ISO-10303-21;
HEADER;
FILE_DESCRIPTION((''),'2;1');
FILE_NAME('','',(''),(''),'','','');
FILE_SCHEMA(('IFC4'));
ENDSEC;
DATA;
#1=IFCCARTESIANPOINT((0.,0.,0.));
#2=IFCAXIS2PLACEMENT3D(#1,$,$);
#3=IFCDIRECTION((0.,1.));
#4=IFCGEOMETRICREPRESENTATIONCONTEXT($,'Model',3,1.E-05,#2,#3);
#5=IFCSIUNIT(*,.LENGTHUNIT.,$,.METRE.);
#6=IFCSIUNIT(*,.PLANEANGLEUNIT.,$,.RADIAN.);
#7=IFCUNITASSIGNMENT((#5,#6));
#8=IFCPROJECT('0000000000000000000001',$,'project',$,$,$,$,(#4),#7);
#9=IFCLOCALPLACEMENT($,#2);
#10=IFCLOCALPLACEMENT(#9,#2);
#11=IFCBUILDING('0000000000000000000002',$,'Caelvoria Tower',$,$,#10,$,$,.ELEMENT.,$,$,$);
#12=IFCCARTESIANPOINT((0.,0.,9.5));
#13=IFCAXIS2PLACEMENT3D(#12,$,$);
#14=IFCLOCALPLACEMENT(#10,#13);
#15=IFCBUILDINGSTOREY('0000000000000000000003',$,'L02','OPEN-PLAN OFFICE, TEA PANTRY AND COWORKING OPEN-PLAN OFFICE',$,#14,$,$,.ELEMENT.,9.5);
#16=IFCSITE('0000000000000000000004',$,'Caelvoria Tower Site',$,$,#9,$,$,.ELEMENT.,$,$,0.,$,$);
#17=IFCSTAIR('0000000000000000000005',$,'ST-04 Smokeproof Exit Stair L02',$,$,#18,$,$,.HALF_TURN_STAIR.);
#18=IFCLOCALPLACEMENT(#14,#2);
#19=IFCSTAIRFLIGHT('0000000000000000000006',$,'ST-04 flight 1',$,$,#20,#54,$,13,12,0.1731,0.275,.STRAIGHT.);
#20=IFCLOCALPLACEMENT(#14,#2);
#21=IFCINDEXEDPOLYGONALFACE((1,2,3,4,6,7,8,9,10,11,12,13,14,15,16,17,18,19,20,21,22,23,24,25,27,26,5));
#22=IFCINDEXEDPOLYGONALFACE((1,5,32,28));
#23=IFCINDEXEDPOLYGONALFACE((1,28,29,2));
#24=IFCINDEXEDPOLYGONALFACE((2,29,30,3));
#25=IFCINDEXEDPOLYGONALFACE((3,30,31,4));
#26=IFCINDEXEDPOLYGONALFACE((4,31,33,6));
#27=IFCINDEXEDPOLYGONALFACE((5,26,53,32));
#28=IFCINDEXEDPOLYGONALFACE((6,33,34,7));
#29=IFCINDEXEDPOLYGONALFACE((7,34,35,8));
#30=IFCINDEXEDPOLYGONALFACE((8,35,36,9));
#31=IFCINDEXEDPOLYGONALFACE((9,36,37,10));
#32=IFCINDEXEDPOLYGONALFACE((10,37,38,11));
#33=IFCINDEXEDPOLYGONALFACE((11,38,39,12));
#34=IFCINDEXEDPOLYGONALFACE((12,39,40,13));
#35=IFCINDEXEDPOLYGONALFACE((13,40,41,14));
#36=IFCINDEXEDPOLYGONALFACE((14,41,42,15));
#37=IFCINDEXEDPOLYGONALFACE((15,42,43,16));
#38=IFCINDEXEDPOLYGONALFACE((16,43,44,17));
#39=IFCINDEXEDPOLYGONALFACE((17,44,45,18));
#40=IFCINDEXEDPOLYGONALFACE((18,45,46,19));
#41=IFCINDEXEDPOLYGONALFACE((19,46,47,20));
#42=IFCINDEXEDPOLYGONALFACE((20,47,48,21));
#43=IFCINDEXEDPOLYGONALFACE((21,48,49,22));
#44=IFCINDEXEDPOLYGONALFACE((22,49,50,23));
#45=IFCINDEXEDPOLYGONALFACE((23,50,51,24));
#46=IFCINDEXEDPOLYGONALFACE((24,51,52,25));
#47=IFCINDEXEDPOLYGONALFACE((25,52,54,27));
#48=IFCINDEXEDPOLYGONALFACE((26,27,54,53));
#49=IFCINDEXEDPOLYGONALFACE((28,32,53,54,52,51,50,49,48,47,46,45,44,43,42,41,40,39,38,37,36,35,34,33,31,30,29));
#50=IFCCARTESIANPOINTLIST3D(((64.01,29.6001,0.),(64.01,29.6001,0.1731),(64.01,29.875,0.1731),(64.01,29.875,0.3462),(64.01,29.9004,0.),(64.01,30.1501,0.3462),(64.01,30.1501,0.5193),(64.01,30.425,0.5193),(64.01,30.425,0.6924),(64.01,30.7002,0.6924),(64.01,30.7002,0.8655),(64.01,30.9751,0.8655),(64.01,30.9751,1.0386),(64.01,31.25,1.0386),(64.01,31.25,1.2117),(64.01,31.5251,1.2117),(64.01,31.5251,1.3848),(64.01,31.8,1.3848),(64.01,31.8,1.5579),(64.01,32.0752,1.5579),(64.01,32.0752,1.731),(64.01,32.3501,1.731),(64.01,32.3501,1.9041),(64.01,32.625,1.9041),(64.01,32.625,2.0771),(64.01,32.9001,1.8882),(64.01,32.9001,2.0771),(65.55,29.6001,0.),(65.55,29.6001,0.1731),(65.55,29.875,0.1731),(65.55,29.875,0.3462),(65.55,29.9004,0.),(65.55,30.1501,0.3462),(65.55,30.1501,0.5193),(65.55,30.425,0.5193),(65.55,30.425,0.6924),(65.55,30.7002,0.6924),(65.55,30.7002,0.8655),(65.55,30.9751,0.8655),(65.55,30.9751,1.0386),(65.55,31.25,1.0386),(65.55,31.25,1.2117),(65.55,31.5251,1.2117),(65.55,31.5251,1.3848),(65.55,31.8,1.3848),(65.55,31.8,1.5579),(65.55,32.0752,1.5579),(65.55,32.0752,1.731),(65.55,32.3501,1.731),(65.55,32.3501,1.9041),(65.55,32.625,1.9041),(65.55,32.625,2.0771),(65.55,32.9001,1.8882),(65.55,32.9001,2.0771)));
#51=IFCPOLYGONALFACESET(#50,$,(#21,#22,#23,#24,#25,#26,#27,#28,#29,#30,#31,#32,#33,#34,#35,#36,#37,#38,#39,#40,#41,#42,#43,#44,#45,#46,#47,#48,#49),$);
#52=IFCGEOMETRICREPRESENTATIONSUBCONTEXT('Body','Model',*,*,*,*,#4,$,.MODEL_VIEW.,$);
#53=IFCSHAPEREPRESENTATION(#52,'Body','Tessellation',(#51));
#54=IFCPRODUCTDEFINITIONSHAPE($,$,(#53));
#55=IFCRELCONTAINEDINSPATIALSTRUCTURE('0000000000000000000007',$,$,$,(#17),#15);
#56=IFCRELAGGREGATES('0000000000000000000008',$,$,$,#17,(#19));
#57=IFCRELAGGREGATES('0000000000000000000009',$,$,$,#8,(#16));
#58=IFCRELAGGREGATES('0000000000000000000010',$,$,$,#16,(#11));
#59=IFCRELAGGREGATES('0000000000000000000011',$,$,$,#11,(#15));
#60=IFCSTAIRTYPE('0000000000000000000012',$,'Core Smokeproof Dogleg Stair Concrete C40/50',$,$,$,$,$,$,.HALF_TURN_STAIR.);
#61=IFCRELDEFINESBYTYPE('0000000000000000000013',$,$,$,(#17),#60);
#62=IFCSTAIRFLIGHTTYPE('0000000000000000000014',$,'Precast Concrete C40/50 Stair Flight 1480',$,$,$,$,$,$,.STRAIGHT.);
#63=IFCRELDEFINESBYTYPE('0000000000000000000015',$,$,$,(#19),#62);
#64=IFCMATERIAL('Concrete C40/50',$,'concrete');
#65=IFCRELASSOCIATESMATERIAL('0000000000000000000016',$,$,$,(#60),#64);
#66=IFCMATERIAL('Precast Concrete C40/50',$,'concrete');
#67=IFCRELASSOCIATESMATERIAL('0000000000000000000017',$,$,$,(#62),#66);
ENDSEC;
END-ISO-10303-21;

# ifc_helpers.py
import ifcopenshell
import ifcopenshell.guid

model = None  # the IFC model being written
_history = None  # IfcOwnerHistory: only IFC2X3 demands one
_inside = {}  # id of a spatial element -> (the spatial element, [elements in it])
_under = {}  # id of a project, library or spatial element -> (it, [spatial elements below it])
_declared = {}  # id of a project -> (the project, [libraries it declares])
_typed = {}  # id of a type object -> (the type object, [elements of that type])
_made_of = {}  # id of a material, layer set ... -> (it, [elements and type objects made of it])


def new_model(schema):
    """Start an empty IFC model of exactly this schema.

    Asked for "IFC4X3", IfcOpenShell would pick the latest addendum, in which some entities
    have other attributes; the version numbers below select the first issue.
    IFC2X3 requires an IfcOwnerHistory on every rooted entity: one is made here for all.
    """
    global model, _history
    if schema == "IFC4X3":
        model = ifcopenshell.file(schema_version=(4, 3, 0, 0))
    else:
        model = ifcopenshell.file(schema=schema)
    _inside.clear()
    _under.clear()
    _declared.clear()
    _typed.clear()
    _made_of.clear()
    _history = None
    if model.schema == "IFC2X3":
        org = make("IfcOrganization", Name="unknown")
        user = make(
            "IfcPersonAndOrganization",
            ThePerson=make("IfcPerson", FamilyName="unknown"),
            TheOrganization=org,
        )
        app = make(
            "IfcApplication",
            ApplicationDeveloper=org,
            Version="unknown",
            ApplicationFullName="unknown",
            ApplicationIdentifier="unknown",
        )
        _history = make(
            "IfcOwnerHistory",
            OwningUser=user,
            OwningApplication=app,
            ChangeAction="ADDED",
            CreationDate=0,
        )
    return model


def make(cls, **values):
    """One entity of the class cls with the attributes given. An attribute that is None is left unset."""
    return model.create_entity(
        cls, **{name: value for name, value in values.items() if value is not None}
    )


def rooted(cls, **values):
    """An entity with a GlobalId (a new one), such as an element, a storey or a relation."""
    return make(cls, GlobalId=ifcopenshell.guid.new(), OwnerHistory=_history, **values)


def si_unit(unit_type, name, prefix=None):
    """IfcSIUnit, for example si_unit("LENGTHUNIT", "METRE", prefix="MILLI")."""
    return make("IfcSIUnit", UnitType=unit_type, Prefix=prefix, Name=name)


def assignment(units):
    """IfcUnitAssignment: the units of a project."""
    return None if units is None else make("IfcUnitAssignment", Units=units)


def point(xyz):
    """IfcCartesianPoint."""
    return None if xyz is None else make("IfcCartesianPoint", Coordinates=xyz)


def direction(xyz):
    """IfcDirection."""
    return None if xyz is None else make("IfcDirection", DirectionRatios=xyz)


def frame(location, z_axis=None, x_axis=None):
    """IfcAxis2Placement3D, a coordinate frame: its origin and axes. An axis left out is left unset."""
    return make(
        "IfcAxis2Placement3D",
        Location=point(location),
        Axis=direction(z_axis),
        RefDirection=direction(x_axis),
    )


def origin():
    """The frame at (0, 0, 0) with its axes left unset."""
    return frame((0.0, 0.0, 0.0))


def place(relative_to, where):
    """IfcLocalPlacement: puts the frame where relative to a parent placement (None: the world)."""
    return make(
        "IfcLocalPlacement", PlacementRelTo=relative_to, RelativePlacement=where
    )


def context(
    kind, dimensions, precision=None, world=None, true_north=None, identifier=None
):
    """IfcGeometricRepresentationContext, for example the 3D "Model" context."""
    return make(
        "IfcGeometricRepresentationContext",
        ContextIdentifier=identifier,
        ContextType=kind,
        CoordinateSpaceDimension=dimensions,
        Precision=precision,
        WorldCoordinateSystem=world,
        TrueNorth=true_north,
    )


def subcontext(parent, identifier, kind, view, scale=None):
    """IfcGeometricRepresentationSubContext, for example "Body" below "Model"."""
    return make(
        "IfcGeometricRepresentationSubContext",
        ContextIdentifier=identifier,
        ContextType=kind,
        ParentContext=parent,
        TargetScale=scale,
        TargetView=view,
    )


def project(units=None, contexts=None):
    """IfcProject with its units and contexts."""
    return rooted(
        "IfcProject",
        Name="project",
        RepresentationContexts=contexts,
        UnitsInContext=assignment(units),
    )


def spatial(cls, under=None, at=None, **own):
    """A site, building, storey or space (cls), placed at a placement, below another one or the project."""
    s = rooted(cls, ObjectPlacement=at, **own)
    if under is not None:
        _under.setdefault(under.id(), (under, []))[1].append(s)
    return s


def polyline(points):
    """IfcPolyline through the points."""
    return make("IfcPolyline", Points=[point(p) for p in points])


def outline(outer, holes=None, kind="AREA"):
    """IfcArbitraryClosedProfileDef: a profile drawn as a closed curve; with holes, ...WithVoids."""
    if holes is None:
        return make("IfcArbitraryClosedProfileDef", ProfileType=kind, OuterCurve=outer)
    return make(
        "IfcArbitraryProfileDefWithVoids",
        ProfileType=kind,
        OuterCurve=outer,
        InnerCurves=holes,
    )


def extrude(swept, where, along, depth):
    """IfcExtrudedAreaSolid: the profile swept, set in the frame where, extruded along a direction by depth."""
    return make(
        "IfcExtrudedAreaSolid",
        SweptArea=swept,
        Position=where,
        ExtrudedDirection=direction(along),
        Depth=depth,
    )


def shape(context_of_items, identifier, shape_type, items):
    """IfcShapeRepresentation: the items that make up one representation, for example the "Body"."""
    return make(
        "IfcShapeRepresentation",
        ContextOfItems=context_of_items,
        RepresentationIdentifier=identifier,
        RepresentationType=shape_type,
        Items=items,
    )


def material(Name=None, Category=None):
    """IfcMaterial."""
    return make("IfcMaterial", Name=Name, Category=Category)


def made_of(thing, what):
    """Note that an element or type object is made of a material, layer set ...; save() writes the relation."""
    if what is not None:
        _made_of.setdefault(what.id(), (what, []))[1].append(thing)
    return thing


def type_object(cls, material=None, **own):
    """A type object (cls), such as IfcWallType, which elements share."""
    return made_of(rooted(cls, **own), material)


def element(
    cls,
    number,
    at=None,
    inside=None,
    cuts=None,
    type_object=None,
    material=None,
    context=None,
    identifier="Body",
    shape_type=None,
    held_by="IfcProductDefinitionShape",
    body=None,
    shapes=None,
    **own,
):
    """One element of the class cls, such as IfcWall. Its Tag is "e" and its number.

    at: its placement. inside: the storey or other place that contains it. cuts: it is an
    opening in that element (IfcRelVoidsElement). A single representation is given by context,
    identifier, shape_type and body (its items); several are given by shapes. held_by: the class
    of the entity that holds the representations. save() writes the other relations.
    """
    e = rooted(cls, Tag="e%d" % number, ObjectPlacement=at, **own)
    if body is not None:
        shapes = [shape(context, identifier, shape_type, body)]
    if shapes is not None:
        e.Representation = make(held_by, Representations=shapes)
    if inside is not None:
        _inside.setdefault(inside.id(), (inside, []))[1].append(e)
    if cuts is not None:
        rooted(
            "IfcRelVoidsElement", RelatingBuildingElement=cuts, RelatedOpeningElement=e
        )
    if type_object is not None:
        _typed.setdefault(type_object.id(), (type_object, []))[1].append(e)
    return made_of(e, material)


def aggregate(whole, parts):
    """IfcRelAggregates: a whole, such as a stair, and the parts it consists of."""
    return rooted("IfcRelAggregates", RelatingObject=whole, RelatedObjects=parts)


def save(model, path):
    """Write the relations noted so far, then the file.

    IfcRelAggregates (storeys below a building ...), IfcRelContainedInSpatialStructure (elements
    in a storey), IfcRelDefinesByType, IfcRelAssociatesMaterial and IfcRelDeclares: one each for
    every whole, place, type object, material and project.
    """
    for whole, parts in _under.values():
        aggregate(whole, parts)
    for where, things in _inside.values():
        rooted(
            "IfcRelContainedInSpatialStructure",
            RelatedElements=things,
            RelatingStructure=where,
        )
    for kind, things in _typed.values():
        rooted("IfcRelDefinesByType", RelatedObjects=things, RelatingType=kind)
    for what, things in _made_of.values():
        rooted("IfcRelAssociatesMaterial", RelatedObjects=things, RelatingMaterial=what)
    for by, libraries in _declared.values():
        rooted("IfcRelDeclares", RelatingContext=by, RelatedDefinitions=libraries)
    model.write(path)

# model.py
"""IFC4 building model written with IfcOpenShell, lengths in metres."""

from ifc_helpers import new_model, si_unit, direction, frame, origin, place, context, subcontext, project, spatial, polyline, outline, extrude, material, type_object, element, aggregate, save


model = new_model("IFC4")

# Units and contexts
model_context = context("Model", 3, precision=1e-05, world=origin(), true_north=direction((0.0, 1.0)))
body_context = subcontext(model_context, "Body", "Model", "MODEL_VIEW")
ifc_project = project(units=[si_unit("LENGTHUNIT", "METRE"), si_unit("PLANEANGLEUNIT", "RADIAN")], contexts=[model_context])

# Site, building, storey
site_placement = place(None, origin())
site = spatial("IfcSite", under=ifc_project, at=site_placement, Name="Caelvoria Tower Site", CompositionType="ELEMENT", RefElevation=0.0)
building_placement = place(site_placement, origin())
building = spatial("IfcBuilding", under=site, at=building_placement, Name="Caelvoria Tower", CompositionType="ELEMENT")
storey_placement = place(building_placement, frame((0.0, 0.0, 9.5)))
storey = spatial("IfcBuildingStorey", under=building, at=storey_placement, Name="L02", Description="OPEN-PLAN OFFICE, TEA PANTRY AND COWORKING OPEN-PLAN OFFICE", CompositionType="ELEMENT", Elevation=9.5)

# Stair, stair flight
ifc_material_1 = material(Name="Concrete C40/50", Category="concrete")
stair_type = type_object("IfcStairType", Name="Core Smokeproof Dogleg Stair Concrete C40/50", PredefinedType="HALF_TURN_STAIR", material=ifc_material_1)
stair_placement = place(storey_placement, origin())
stair = element("IfcStair", 1, at=stair_placement, inside=storey, type_object=stair_type, Name="ST-04 Smokeproof Exit Stair L02", PredefinedType="HALF_TURN_STAIR")
ifc_material_2 = material(Name="Precast Concrete C40/50", Category="concrete")
stair_flight_type = type_object("IfcStairFlightType", Name="Precast Concrete C40/50 Stair Flight 1480", PredefinedType="STRAIGHT", material=ifc_material_2)
stair_flight_placement = place(storey_placement, frame((64.78, 29.6001, 0.0), z_axis=(0.0, 0.0, 1.0), x_axis=(0.0, 1.0, 0.0)))
stair_flight = element("IfcStairFlight", 2, at=stair_flight_placement, type_object=stair_flight_type, Name="ST-04 flight 1", NumberOfRisers=13, NumberOfTreads=12, PredefinedType="STRAIGHT", RiserHeight=0.1731, TreadLength=0.275, context=body_context, shape_type="SweptSolid", body=[
    extrude(outline(polyline([(0.0, 0.0), (0.0, 0.1731), (0.2749, 0.1731), (0.2749, 0.3462), (0.55, 0.3462), (0.55, 0.5193), (0.825, 0.5193), (0.825, 0.6924), (1.1001, 0.6924), (1.1001, 0.8655), (1.375, 0.8655), (1.375, 1.0386), (1.6499, 1.0386), (1.6499, 1.2117), (1.925, 1.2117), (1.925, 1.3848), (2.2, 1.3848), (2.2, 1.5579), (2.4751, 1.5579), (2.4751, 1.731), (2.75, 1.731), (2.75, 1.9041), (3.0249, 1.9041), (3.0249, 2.0771), (3.3, 2.0771), (3.3, 2.2502), (3.3, 1.8882), (0.3003, 0.0), (0.0, 0.0)])), frame((0.0, 0.77, 0.0), z_axis=(0.0, -1.0, 0.0), x_axis=(1.0, 0.0, 0.0)), (0.0, 0.0, 1.0), 1.54),
])
aggregate(stair, [stair_flight])

save(model, "model.ifc")
